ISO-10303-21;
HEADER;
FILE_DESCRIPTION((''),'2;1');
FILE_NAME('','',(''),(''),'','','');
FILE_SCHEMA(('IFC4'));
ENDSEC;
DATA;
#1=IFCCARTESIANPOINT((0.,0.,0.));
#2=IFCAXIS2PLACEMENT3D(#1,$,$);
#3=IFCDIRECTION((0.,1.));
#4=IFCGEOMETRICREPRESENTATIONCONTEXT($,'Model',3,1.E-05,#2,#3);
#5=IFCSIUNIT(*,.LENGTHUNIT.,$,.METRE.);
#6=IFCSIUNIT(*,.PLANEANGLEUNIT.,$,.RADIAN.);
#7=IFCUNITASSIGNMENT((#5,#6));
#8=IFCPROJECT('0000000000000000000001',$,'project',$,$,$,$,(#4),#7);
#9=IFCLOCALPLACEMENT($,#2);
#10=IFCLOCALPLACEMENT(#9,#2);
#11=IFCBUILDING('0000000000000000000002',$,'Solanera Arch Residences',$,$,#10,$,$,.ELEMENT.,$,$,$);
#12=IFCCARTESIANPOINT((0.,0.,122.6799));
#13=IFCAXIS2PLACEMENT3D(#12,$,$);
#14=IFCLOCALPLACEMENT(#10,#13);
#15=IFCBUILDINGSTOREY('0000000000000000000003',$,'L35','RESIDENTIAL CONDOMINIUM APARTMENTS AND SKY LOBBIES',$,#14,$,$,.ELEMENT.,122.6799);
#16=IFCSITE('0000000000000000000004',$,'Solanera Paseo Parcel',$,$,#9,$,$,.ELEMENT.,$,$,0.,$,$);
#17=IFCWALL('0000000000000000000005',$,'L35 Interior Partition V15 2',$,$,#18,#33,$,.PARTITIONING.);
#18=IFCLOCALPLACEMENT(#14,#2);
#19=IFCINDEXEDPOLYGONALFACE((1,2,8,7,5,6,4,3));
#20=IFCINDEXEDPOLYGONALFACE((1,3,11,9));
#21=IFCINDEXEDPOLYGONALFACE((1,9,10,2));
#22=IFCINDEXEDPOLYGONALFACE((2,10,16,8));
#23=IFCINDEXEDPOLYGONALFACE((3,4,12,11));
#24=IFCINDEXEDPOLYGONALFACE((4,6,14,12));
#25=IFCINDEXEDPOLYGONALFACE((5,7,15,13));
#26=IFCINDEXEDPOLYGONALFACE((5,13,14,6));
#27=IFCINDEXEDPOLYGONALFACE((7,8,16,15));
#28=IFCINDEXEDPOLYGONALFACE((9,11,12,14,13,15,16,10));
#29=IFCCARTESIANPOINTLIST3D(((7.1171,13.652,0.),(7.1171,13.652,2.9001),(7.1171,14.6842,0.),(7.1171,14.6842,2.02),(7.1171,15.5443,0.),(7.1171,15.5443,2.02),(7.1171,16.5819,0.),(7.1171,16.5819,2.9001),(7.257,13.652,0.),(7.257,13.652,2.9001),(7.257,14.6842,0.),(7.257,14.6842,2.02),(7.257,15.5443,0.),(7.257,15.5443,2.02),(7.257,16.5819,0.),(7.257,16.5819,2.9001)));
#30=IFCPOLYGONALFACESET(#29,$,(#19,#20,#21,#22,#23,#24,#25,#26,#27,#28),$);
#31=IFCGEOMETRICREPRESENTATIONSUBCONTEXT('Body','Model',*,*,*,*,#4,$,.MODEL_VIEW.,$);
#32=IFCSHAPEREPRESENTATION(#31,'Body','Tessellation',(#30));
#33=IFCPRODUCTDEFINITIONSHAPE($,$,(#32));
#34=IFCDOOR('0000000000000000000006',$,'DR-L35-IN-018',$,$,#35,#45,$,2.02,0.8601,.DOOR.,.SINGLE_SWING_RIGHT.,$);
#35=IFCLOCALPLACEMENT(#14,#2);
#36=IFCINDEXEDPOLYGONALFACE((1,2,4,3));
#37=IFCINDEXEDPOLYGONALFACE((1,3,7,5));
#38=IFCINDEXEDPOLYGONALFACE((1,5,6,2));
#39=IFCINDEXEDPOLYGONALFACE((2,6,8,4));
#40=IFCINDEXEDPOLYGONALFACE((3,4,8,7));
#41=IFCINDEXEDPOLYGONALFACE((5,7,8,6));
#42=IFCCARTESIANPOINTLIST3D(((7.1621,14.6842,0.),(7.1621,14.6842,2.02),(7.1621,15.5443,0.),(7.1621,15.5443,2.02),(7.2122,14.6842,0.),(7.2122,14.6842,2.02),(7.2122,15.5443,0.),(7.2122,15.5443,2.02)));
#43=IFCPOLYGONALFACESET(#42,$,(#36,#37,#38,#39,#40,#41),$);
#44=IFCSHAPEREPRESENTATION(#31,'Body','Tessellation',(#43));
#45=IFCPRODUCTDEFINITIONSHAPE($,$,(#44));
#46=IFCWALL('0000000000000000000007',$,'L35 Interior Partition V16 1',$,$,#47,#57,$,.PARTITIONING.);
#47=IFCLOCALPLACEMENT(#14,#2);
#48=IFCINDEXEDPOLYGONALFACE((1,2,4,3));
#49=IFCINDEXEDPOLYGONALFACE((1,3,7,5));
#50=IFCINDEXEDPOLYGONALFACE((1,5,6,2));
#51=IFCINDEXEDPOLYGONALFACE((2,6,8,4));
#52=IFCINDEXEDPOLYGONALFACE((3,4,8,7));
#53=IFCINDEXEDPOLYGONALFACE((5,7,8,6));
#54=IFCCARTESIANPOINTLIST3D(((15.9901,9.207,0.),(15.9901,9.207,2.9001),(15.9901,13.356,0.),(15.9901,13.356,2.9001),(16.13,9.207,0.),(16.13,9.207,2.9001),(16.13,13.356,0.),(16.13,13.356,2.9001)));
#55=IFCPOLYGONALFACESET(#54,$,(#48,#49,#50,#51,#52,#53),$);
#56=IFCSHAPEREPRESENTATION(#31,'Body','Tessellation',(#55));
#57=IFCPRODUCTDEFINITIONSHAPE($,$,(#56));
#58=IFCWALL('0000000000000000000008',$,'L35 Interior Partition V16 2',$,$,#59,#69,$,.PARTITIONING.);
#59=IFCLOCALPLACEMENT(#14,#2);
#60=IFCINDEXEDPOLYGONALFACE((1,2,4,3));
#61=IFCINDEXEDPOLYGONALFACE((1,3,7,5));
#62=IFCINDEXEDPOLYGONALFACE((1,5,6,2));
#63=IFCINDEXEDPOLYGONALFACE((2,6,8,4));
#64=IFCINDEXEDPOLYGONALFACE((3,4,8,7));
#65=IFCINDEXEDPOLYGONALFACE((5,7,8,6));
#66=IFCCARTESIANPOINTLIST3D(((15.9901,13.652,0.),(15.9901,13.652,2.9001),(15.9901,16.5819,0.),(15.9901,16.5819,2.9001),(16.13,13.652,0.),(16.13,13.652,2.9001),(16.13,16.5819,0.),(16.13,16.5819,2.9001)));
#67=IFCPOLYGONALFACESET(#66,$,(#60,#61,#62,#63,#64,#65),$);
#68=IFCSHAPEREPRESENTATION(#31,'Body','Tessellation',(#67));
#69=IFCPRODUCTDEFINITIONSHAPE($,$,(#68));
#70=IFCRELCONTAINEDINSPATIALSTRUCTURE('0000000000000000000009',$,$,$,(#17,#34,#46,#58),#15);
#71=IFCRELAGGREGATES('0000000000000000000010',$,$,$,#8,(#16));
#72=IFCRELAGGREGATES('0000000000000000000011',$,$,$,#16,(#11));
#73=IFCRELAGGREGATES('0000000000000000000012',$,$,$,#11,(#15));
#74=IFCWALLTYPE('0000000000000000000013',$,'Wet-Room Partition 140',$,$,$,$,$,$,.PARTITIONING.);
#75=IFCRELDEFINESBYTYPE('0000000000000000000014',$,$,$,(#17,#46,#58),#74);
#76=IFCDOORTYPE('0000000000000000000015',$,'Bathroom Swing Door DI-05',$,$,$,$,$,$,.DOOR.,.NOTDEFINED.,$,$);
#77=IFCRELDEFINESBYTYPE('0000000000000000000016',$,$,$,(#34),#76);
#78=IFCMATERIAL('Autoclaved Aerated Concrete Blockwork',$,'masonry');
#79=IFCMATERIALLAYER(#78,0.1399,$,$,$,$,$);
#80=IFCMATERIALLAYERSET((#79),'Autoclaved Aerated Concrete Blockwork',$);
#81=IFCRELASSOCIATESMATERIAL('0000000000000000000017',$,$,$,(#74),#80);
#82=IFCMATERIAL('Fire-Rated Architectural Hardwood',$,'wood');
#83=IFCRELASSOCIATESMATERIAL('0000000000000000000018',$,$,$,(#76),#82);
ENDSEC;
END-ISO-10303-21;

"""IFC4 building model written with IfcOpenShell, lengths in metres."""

from ifc_helpers import new_model, si_unit, direction, frame, frame_2d, origin, place, context, subcontext, project, spatial, rectangle, extrude, material, layer, layer_set, type_object, element, fill, save


model = new_model("IFC4")

# Units and contexts
model_context = context("Model", 3, precision=1e-05, world=origin(), true_north=direction((0.0, 1.0)))
body_context = subcontext(model_context, "Body", "Model", "MODEL_VIEW")
ifc_project = project(units=[si_unit("LENGTHUNIT", "METRE"), si_unit("PLANEANGLEUNIT", "RADIAN")], contexts=[model_context])

# Site, building, storey
site_placement = place(None, origin())
site = spatial("IfcSite", under=ifc_project, at=site_placement, Name="Solanera Paseo Parcel", CompositionType="ELEMENT", RefElevation=0.0)
building_placement = place(site_placement, origin())
building = spatial("IfcBuilding", under=site, at=building_placement, Name="Solanera Arch Residences", CompositionType="ELEMENT")
storey_placement = place(building_placement, frame((0.0, 0.0, 122.6799)))
storey = spatial("IfcBuildingStorey", under=building, at=storey_placement, Name="L35", Description="RESIDENTIAL CONDOMINIUM APARTMENTS AND SKY LOBBIES", CompositionType="ELEMENT", Elevation=122.6799)

# Shared definitions
ifc_material_1 = material(Name="Autoclaved Aerated Concrete Blockwork", Category="masonry")
ifc_layer_1 = layer(ifc_material_1, 0.1399)
ifc_layer_set_1 = layer_set([ifc_layer_1], Name="Autoclaved Aerated Concrete Blockwork")
wall_type_1 = type_object("IfcWallType", Name="Wet-Room Partition 140", PredefinedType="PARTITIONING", material=ifc_layer_set_1)

# Wall, opening, door
wall_1_placement = place(storey_placement, frame((7.187, 13.6521, 0.0), z_axis=(0.0, 0.0, 1.0), x_axis=(0.0, 1.0, 0.0)))
wall_1 = element("IfcWall", 1, at=wall_1_placement, inside=storey, type_object=wall_type_1, Name="L35 Interior Partition V15 2", PredefinedType="PARTITIONING", context=body_context, shape_type="SweptSolid", body=[
    extrude(rectangle(XDim=2.9299, YDim=0.1399, at=frame_2d((1.4648, 0.0))), origin(), (0.0, 0.0, 1.0), 2.9001),
])
opening_1_placement = place(wall_1_placement, frame((1.032, 0.0, 0.0)))
opening_1 = element("IfcOpeningElement", 2, at=opening_1_placement, cuts=wall_1, PredefinedType="OPENING", context=body_context, shape_type="SweptSolid", body=[
    extrude(rectangle(XDim=0.8601, YDim=2.02, at=frame_2d((0.4302, 1.01))), frame((0.0, 0.0798, 0.0), z_axis=(0.0, -1.0, 0.0), x_axis=(1.0, 0.0, 0.0)), (0.0, 0.0, 1.0), 0.1599),
])
ifc_material_2 = material(Name="Fire-Rated Architectural Hardwood", Category="wood")
door_type_1 = type_object("IfcDoorType", Name="Bathroom Swing Door DI-05", OperationType="NOTDEFINED", PredefinedType="DOOR", material=ifc_material_2)
door_1_placement = place(opening_1_placement, origin())
door_1 = element("IfcDoor", 3, at=door_1_placement, inside=storey, type_object=door_type_1, Name="DR-L35-IN-018", OperationType="SINGLE_SWING_RIGHT", OverallHeight=2.02, OverallWidth=0.8601, PredefinedType="DOOR", context=body_context, shape_type="SweptSolid", body=[
    extrude(rectangle(XDim=0.8601, YDim=2.02, at=frame_2d((0.4302, 1.01))), frame((0.0, 0.0249, 0.0), z_axis=(0.0, -1.0, 0.0), x_axis=(1.0, 0.0, 0.0)), (0.0, 0.0, 1.0), 0.05),
])
fill(opening_1, door_1)

# Walls
wall_2_placement = place(storey_placement, frame((16.0601, 9.207, 0.0), z_axis=(0.0, 0.0, 1.0), x_axis=(0.0, 1.0, 0.0)))
element("IfcWall", 4, at=wall_2_placement, inside=storey, type_object=wall_type_1, Name="L35 Interior Partition V16 1", PredefinedType="PARTITIONING", context=body_context, shape_type="SweptSolid", body=[
    extrude(rectangle(XDim=4.1489, YDim=0.1399, at=frame_2d((2.0745, 0.0))), origin(), (0.0, 0.0, 1.0), 2.9001),
])
wall_3_placement = place(storey_placement, frame((16.0601, 13.6521, 0.0), z_axis=(0.0, 0.0, 1.0), x_axis=(0.0, 1.0, 0.0)))
element("IfcWall", 5, at=wall_3_placement, inside=storey, type_object=wall_type_1, Name="L35 Interior Partition V16 2", PredefinedType="PARTITIONING", context=body_context, shape_type="SweptSolid", body=[
    extrude(rectangle(XDim=2.9299, YDim=0.1399, at=frame_2d((1.4648, 0.0))), origin(), (0.0, 0.0, 1.0), 2.9001),
])

save(model, "model.ifc")
